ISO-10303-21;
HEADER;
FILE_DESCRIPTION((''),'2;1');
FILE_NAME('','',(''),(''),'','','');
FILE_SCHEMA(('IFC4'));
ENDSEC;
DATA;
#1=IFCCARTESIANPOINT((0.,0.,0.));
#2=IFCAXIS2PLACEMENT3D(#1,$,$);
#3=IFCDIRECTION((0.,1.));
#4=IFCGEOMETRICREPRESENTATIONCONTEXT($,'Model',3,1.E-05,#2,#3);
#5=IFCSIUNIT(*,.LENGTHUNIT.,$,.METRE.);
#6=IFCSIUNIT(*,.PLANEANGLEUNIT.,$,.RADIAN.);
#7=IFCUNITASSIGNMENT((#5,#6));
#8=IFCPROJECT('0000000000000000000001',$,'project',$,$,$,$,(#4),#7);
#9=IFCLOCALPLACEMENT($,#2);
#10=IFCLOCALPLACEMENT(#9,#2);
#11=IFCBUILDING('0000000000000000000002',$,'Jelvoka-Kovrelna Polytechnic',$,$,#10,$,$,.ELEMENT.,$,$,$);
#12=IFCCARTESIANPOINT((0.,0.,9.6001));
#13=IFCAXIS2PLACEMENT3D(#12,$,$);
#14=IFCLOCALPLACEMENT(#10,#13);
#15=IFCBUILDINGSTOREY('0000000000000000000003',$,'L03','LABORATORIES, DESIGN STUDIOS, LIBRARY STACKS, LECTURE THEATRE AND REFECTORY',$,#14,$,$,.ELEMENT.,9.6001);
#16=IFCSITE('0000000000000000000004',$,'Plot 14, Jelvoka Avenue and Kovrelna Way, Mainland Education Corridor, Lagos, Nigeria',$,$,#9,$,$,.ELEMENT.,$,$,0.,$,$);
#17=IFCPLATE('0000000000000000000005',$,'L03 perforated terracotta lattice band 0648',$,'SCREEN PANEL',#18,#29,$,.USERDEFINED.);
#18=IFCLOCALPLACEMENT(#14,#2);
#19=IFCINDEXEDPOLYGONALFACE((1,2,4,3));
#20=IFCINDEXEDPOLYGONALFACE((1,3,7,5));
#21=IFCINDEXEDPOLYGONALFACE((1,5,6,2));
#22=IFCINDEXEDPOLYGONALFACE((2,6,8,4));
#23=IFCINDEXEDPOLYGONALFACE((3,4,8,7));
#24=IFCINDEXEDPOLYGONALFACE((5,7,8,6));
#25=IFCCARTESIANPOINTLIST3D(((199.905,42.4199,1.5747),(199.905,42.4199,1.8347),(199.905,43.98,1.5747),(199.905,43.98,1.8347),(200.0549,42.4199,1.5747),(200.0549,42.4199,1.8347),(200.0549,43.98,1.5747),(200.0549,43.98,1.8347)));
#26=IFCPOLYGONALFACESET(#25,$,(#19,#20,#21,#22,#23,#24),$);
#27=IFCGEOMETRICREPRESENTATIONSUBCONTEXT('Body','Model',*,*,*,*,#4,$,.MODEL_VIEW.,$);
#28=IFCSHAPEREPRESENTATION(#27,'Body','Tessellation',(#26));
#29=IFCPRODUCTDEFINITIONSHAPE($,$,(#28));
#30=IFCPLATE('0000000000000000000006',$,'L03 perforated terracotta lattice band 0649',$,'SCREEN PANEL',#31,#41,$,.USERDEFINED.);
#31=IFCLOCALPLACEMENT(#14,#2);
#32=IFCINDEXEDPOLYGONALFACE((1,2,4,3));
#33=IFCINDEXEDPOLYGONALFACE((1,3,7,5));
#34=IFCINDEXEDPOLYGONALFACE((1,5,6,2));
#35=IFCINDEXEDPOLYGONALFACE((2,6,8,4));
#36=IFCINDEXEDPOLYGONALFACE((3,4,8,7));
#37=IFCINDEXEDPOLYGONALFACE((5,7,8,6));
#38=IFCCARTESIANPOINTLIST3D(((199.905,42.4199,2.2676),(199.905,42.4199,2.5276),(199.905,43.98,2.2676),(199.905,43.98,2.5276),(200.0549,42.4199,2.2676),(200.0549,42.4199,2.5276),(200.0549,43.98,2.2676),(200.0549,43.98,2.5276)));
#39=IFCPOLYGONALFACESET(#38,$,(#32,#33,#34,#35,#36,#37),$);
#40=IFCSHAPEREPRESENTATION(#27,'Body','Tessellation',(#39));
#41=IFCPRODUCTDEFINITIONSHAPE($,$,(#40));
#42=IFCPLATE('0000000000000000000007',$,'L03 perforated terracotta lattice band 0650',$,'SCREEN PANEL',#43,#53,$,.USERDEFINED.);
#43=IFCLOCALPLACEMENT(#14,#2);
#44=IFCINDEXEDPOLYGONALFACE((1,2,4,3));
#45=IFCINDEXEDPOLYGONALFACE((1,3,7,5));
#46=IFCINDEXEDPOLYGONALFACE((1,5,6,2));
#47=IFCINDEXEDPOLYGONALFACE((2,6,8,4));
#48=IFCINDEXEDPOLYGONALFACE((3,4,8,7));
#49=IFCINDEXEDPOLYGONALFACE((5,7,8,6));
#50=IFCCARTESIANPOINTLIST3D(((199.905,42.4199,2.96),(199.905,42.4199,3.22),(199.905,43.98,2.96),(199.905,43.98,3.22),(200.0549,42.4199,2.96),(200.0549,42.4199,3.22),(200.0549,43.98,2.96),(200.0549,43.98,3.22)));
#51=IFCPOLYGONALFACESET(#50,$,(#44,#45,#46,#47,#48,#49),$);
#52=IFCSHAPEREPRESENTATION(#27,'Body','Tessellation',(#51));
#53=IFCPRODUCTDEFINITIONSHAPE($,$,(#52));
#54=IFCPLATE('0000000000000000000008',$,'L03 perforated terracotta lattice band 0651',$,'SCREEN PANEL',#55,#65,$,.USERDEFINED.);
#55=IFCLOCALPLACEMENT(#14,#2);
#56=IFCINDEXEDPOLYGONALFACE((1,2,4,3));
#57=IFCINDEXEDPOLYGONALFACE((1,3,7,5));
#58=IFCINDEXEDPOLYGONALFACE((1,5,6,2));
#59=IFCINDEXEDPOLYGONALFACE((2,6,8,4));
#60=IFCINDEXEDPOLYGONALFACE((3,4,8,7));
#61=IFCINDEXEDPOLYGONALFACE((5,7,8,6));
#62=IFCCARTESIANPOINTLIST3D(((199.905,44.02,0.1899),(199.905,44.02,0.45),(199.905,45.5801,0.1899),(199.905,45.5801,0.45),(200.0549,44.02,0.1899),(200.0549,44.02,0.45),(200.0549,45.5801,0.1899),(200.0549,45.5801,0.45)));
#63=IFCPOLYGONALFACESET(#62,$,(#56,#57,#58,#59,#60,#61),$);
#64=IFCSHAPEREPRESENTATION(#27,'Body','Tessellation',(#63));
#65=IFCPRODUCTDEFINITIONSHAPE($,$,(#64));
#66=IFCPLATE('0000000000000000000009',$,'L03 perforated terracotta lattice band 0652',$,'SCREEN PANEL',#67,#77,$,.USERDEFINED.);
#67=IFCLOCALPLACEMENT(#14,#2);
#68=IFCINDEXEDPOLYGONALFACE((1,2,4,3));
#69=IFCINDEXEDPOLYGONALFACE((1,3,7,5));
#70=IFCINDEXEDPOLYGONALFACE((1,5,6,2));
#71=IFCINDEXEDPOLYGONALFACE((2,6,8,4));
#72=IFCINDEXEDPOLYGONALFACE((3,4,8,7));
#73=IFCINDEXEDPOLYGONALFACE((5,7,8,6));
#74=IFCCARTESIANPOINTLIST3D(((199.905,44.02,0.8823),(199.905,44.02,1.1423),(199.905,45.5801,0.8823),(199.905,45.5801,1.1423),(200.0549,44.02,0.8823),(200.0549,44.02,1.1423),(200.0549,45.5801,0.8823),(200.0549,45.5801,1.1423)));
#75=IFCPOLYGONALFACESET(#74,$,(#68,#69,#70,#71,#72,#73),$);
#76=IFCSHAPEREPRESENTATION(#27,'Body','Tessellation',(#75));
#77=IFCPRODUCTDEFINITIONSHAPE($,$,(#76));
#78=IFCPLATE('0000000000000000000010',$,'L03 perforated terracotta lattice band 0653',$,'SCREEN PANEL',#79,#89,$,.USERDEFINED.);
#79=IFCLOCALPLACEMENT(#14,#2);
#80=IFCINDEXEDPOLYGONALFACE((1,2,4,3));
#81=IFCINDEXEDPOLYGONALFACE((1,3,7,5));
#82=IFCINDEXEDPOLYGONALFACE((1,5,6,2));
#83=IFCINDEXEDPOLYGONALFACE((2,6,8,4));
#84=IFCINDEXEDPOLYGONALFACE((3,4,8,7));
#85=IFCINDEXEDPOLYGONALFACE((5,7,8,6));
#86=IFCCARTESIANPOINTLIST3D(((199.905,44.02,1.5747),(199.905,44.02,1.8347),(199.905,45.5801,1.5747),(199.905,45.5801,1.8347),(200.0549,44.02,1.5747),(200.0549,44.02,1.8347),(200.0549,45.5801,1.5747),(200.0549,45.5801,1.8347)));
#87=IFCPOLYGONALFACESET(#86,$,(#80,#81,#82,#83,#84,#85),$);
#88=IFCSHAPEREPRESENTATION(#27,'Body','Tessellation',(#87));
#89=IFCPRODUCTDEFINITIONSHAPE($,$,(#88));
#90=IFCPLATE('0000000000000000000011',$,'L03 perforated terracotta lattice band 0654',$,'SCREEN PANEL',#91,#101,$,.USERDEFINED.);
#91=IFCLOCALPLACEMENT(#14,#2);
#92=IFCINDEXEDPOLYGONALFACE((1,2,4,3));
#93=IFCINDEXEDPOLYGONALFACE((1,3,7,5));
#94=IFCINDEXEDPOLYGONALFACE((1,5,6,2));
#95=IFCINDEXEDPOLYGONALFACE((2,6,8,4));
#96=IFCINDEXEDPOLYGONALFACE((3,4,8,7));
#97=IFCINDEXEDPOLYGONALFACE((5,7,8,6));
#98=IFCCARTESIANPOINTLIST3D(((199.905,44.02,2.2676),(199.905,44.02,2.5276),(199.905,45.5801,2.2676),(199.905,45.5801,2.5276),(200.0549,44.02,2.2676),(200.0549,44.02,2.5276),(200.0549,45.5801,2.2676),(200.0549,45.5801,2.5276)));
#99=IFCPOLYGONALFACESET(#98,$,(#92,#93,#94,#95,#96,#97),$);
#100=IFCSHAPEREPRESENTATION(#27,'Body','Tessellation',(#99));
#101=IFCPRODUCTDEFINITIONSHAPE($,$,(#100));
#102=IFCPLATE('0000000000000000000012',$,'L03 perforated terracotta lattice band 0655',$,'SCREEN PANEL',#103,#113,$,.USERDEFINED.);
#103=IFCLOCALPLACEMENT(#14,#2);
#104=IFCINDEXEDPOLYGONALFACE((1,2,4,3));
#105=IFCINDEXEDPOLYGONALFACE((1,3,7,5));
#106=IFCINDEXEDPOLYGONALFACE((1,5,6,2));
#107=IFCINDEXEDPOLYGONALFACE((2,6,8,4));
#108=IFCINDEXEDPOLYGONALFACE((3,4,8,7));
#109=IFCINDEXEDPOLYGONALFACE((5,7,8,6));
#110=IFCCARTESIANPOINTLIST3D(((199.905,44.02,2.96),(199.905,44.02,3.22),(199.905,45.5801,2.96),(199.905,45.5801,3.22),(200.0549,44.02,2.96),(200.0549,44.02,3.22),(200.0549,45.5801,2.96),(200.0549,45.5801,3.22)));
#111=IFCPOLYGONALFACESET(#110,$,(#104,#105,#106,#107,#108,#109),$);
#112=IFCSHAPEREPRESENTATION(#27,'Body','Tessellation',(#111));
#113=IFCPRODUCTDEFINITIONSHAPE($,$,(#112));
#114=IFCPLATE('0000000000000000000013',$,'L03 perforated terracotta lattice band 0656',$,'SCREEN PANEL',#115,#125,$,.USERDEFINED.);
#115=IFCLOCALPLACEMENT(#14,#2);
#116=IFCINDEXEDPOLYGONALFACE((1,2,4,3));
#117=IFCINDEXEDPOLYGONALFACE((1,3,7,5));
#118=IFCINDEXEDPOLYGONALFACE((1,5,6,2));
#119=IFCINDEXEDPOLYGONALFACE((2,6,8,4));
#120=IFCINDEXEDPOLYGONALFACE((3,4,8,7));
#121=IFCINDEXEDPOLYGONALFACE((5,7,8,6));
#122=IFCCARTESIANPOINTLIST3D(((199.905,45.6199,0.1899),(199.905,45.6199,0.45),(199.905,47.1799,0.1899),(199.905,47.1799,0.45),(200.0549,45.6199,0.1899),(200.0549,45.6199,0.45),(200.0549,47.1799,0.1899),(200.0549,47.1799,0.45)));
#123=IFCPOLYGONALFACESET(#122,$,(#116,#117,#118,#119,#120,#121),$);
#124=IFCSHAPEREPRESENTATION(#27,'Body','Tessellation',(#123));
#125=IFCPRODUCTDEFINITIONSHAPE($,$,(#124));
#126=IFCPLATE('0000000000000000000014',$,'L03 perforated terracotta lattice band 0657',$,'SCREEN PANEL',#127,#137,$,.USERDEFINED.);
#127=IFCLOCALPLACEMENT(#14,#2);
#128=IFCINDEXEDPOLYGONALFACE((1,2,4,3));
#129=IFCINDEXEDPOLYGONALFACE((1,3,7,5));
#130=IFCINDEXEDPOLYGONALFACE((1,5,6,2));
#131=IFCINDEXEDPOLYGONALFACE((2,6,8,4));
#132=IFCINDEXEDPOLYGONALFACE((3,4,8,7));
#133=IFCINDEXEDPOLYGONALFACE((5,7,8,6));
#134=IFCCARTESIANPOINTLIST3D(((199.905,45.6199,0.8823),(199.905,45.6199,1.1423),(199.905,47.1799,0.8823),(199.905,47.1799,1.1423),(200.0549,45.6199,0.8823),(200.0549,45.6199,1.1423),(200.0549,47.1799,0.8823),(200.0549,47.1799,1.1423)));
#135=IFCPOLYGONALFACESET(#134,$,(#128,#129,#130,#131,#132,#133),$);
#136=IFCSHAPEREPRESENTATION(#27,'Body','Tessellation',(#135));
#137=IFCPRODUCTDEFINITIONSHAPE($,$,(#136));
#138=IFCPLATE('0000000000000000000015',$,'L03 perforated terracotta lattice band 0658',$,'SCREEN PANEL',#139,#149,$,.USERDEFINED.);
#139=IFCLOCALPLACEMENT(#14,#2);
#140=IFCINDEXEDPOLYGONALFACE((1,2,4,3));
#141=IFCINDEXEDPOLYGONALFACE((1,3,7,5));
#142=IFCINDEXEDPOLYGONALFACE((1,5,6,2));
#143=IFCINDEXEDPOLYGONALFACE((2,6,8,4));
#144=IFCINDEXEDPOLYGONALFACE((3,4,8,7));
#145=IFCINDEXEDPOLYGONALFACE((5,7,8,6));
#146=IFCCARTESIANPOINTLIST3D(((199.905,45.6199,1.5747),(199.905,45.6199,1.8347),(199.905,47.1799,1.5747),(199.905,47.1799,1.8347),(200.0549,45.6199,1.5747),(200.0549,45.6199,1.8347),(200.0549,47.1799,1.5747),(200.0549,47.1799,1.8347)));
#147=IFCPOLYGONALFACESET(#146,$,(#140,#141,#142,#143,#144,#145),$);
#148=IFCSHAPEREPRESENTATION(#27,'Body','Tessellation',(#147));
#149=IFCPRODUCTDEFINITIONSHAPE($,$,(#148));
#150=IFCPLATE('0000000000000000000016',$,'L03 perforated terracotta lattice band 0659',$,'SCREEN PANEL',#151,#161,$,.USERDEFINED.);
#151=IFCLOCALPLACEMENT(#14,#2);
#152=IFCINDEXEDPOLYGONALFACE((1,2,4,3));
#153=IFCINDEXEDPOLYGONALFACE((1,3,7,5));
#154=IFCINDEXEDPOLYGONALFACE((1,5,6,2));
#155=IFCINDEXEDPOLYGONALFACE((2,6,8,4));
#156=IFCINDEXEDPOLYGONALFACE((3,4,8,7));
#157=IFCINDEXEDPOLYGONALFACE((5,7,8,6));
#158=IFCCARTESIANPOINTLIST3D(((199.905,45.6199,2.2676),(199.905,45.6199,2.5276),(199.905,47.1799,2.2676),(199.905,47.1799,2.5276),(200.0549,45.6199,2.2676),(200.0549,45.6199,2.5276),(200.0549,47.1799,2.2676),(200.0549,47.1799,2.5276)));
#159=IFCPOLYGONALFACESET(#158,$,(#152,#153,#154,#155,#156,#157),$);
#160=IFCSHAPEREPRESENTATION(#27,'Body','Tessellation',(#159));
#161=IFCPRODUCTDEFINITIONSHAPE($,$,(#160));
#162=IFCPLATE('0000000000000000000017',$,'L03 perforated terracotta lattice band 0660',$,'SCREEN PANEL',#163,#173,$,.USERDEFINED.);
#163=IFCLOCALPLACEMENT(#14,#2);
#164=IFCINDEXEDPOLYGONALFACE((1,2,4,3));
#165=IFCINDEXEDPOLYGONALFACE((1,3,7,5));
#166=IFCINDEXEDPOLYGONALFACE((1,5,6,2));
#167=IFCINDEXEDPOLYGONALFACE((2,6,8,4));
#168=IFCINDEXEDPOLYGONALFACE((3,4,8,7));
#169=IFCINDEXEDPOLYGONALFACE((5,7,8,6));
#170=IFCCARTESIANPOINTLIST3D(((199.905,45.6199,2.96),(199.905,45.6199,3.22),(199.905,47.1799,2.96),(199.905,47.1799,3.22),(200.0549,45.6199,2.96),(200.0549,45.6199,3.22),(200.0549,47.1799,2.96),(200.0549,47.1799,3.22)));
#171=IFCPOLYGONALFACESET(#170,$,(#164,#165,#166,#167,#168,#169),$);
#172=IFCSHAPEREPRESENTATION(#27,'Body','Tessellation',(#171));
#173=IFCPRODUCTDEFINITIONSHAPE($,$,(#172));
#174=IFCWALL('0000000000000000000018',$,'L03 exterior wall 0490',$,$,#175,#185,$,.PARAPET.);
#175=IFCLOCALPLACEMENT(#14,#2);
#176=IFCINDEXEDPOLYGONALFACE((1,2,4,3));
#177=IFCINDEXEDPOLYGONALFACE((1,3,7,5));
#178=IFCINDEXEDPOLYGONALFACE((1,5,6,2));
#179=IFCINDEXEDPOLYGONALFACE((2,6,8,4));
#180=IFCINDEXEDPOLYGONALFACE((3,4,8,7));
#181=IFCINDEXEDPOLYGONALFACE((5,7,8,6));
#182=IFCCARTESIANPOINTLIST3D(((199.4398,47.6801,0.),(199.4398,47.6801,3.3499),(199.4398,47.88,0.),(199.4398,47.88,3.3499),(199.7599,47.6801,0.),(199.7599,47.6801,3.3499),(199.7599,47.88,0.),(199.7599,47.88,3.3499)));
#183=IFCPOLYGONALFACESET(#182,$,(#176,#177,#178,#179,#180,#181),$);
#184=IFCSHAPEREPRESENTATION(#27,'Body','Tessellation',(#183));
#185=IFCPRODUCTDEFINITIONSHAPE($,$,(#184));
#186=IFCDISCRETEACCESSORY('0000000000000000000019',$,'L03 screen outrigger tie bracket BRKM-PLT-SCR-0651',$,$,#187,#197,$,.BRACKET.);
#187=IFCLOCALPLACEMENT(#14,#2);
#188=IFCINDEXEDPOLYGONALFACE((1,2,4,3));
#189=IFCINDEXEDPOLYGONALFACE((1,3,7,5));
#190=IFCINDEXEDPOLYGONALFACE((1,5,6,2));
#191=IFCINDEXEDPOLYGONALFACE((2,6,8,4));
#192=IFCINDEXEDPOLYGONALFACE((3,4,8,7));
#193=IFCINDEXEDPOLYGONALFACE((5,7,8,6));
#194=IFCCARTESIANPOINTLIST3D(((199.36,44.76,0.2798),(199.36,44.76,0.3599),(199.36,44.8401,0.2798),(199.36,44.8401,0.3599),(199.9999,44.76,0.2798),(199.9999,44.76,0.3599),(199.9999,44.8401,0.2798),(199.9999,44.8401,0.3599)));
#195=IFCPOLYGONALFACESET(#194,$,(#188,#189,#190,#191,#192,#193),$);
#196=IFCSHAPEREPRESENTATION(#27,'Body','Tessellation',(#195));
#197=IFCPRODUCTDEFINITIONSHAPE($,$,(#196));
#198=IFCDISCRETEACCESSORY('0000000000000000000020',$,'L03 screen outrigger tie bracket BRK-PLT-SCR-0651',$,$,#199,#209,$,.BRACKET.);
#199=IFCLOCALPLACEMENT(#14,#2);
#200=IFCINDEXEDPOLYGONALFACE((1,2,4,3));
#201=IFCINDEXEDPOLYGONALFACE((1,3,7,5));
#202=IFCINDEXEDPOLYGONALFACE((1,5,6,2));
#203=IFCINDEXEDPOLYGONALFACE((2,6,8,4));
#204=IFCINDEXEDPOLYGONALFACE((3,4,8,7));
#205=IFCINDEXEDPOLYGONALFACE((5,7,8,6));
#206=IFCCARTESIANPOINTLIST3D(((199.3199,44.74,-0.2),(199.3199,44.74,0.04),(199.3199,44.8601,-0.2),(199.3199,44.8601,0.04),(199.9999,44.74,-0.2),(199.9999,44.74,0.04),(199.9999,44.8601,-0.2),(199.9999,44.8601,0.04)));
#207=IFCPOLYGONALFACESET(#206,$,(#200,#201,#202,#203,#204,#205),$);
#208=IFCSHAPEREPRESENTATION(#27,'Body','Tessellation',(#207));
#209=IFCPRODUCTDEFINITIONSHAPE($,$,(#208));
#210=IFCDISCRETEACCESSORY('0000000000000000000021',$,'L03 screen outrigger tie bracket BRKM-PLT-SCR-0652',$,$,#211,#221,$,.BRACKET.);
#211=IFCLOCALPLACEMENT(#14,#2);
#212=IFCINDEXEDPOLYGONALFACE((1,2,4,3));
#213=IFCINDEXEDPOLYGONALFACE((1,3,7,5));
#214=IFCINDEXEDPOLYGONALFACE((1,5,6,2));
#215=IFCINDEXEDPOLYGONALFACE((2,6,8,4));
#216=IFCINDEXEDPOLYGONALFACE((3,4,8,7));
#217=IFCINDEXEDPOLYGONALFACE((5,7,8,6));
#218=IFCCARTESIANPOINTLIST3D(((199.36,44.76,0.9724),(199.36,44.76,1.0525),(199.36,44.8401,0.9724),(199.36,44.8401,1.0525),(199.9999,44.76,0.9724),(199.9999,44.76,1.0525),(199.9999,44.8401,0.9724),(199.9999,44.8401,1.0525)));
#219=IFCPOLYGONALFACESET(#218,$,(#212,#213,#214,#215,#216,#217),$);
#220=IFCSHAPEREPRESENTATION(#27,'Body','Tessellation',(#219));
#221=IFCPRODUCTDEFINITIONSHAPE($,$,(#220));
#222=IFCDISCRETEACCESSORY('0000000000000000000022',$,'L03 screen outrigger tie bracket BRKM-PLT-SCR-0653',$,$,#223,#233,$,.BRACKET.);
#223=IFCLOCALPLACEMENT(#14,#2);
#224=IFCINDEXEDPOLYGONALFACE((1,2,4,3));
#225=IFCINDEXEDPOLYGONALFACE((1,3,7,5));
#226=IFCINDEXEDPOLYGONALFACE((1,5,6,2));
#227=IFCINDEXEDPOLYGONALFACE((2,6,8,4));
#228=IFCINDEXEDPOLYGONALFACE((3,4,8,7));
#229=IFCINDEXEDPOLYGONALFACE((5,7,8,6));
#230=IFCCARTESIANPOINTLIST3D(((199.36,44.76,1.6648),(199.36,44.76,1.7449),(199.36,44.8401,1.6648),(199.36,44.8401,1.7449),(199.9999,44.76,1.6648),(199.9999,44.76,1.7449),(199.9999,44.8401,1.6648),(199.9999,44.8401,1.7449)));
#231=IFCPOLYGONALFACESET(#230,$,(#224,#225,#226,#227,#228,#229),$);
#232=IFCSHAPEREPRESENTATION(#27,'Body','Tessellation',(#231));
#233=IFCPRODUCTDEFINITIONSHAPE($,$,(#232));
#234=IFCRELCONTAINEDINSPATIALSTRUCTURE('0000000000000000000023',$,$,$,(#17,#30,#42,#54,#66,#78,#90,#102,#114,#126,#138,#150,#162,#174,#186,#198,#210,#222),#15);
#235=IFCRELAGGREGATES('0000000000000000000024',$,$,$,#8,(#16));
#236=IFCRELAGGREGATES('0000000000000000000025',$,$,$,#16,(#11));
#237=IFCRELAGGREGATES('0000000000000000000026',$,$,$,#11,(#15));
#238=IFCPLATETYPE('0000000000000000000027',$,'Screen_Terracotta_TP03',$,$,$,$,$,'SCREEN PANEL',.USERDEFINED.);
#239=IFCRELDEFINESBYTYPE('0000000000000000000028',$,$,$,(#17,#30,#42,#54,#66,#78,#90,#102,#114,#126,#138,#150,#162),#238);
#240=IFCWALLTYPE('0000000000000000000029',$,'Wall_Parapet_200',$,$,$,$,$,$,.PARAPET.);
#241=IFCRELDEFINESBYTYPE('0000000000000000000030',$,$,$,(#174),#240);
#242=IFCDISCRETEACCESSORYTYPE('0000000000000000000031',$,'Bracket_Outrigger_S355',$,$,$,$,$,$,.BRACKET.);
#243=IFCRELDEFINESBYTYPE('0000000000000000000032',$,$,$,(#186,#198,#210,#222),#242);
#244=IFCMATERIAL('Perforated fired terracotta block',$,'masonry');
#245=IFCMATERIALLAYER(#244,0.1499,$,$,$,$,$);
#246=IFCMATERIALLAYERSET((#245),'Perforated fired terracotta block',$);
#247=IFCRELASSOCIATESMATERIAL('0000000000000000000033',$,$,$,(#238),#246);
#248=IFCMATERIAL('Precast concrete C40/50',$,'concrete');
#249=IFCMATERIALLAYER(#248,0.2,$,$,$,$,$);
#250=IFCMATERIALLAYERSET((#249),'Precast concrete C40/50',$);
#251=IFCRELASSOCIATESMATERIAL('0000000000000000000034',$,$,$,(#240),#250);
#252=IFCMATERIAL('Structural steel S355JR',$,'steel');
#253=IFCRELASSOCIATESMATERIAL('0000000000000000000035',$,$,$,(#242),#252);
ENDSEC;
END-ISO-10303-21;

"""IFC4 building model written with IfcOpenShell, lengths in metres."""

from ifc_helpers import new_model, si_unit, direction, frame, frame_2d, origin, origin_2d, place, context, subcontext, project, spatial, rectangle, extrude, material, layer, layer_set, type_object, element, save


model = new_model("IFC4")

# Units and contexts
model_context = context("Model", 3, precision=1e-05, world=origin(), true_north=direction((0.0, 1.0)))
body_context = subcontext(model_context, "Body", "Model", "MODEL_VIEW")
ifc_project = project(units=[si_unit("LENGTHUNIT", "METRE"), si_unit("PLANEANGLEUNIT", "RADIAN")], contexts=[model_context])

# Site, building, storey
site_placement = place(None, origin())
site = spatial("IfcSite", under=ifc_project, at=site_placement, Name="Plot 14, Jelvoka Avenue and Kovrelna Way, Mainland Education Corridor, Lagos, Nigeria", CompositionType="ELEMENT", RefElevation=0.0)
building_placement = place(site_placement, origin())
building = spatial("IfcBuilding", under=site, at=building_placement, Name="Jelvoka-Kovrelna Polytechnic", CompositionType="ELEMENT")
storey_placement = place(building_placement, frame((0.0, 0.0, 9.6001)))
storey = spatial("IfcBuildingStorey", under=building, at=storey_placement, Name="L03", Description="LABORATORIES, DESIGN STUDIOS, LIBRARY STACKS, LECTURE THEATRE AND REFECTORY", CompositionType="ELEMENT", Elevation=9.6001)

# Plates
ifc_material_1 = material(Name="Perforated fired terracotta block", Category="masonry")
ifc_layer_1 = layer(ifc_material_1, 0.1499)
ifc_layer_set_1 = layer_set([ifc_layer_1], Name="Perforated fired terracotta block")
plate_type = type_object("IfcPlateType", Name="Screen_Terracotta_TP03", ElementType="SCREEN PANEL", PredefinedType="USERDEFINED", material=ifc_layer_set_1)
for number, where, z_axis, x_axis, name in (
    (1, (199.98, 43.2, 1.5747), (0.0, 0.0, 1.0), (0.0, 1.0, 0.0), "L03 perforated terracotta lattice band 0648"),
    (2, (199.98, 43.2, 2.2676), (0.0, 0.0, 1.0), (0.0, 1.0, 0.0), "L03 perforated terracotta lattice band 0649"),
    (3, (199.98, 43.2, 2.96), (0.0, 0.0, 1.0), (0.0, 1.0, 0.0), "L03 perforated terracotta lattice band 0650"),
    (4, (199.98, 44.8, 0.1899), (0.0, 0.0, 1.0), (0.0, 1.0, 0.0), "L03 perforated terracotta lattice band 0651"),
    (5, (199.98, 44.8, 0.8823), (0.0, 0.0, 1.0), (0.0, 1.0, 0.0), "L03 perforated terracotta lattice band 0652"),
    (6, (199.98, 44.8, 1.5747), (0.0, 0.0, 1.0), (0.0, 1.0, 0.0), "L03 perforated terracotta lattice band 0653"),
    (7, (199.98, 44.8, 2.2676), (0.0, 0.0, 1.0), (0.0, 1.0, 0.0), "L03 perforated terracotta lattice band 0654"),
    (8, (199.98, 44.8, 2.96), (0.0, 0.0, 1.0), (0.0, 1.0, 0.0), "L03 perforated terracotta lattice band 0655"),
    (9, (199.98, 46.3999, 0.1899), (0.0, 0.0, 1.0), (0.0, 1.0, 0.0), "L03 perforated terracotta lattice band 0656"),
    (10, (199.98, 46.3999, 0.8823), (0.0, 0.0, 1.0), (0.0, 1.0, 0.0), "L03 perforated terracotta lattice band 0657"),
    (11, (199.98, 46.3999, 1.5747), (0.0, 0.0, 1.0), (0.0, 1.0, 0.0), "L03 perforated terracotta lattice band 0658"),
    (12, (199.98, 46.3999, 2.2676), (0.0, 0.0, 1.0), (0.0, 1.0, 0.0), "L03 perforated terracotta lattice band 0659"),
    (13, (199.98, 46.3999, 2.96), (0.0, 0.0, 1.0), (0.0, 1.0, 0.0), "L03 perforated terracotta lattice band 0660"),
):
    element("IfcPlate", number, at=place(storey_placement, frame(where, z_axis=z_axis, x_axis=x_axis)), inside=storey, type_object=plate_type, Name=name, ObjectType="SCREEN PANEL", PredefinedType="USERDEFINED", context=body_context, shape_type="SweptSolid", body=[
        extrude(rectangle(XDim=1.5601, YDim=0.1499, at=origin_2d()), origin(), (0.0, 0.0, 1.0), 0.26),
    ])

# Wall
ifc_material_2 = material(Name="Precast concrete C40/50", Category="concrete")
ifc_layer_2 = layer(ifc_material_2, 0.2)
ifc_layer_set_2 = layer_set([ifc_layer_2], Name="Precast concrete C40/50")
wall_type = type_object("IfcWallType", Name="Wall_Parapet_200", PredefinedType="PARAPET", material=ifc_layer_set_2)
wall_placement = place(storey_placement, frame((199.76, 47.78, 0.0), z_axis=(0.0, 0.0, 1.0), x_axis=(-1.0, 0.0, 0.0)))
element("IfcWall", 14, at=wall_placement, inside=storey, type_object=wall_type, Name="L03 exterior wall 0490", PredefinedType="PARAPET", context=body_context, shape_type="SweptSolid", body=[
    extrude(rectangle(XDim=0.3201, YDim=0.2, at=frame_2d((0.1602, 0.0))), origin(), (0.0, 0.0, 1.0), 3.3499),
])

# Discrete accessories
ifc_material_3 = material(Name="Structural steel S355JR", Category="steel")
discrete_accessory_type = type_object("IfcDiscreteAccessoryType", Name="Bracket_Outrigger_S355", PredefinedType="BRACKET", material=ifc_material_3)
discrete_accessory_1_placement = place(storey_placement, frame((199.6799, 44.8, 0.2798), z_axis=(0.0, 0.0, 1.0), x_axis=(1.0, 0.0, 0.0)))
element("IfcDiscreteAccessory", 15, at=discrete_accessory_1_placement, inside=storey, type_object=discrete_accessory_type, Name="L03 screen outrigger tie bracket BRKM-PLT-SCR-0651", PredefinedType="BRACKET", context=body_context, shape_type="SweptSolid", body=[
    extrude(rectangle(XDim=0.6399, YDim=0.0801, at=origin_2d()), origin(), (0.0, 0.0, 1.0), 0.0801),
])
discrete_accessory_2_placement = place(storey_placement, frame((199.6599, 44.8, -0.2), z_axis=(0.0, 0.0, 1.0), x_axis=(1.0, 0.0, 0.0)))
element("IfcDiscreteAccessory", 16, at=discrete_accessory_2_placement, inside=storey, type_object=discrete_accessory_type, Name="L03 screen outrigger tie bracket BRK-PLT-SCR-0651", PredefinedType="BRACKET", context=body_context, shape_type="SweptSolid", body=[
    extrude(rectangle(XDim=0.6799, YDim=0.1201, at=origin_2d()), origin(), (0.0, 0.0, 1.0), 0.24),
])
for number, where, z_axis, x_axis, name in (
    (17, (199.6799, 44.8, 0.9724), (0.0, 0.0, 1.0), (1.0, 0.0, 0.0), "L03 screen outrigger tie bracket BRKM-PLT-SCR-0652"),
    (18, (199.6799, 44.8, 1.6648), (0.0, 0.0, 1.0), (1.0, 0.0, 0.0), "L03 screen outrigger tie bracket BRKM-PLT-SCR-0653"),
):
    element("IfcDiscreteAccessory", number, at=place(storey_placement, frame(where, z_axis=z_axis, x_axis=x_axis)), inside=storey, type_object=discrete_accessory_type, Name=name, PredefinedType="BRACKET", context=body_context, shape_type="SweptSolid", body=[
        extrude(rectangle(XDim=0.6399, YDim=0.0801, at=origin_2d()), origin(), (0.0, 0.0, 1.0), 0.0801),
    ])

save(model, "model.ifc")
